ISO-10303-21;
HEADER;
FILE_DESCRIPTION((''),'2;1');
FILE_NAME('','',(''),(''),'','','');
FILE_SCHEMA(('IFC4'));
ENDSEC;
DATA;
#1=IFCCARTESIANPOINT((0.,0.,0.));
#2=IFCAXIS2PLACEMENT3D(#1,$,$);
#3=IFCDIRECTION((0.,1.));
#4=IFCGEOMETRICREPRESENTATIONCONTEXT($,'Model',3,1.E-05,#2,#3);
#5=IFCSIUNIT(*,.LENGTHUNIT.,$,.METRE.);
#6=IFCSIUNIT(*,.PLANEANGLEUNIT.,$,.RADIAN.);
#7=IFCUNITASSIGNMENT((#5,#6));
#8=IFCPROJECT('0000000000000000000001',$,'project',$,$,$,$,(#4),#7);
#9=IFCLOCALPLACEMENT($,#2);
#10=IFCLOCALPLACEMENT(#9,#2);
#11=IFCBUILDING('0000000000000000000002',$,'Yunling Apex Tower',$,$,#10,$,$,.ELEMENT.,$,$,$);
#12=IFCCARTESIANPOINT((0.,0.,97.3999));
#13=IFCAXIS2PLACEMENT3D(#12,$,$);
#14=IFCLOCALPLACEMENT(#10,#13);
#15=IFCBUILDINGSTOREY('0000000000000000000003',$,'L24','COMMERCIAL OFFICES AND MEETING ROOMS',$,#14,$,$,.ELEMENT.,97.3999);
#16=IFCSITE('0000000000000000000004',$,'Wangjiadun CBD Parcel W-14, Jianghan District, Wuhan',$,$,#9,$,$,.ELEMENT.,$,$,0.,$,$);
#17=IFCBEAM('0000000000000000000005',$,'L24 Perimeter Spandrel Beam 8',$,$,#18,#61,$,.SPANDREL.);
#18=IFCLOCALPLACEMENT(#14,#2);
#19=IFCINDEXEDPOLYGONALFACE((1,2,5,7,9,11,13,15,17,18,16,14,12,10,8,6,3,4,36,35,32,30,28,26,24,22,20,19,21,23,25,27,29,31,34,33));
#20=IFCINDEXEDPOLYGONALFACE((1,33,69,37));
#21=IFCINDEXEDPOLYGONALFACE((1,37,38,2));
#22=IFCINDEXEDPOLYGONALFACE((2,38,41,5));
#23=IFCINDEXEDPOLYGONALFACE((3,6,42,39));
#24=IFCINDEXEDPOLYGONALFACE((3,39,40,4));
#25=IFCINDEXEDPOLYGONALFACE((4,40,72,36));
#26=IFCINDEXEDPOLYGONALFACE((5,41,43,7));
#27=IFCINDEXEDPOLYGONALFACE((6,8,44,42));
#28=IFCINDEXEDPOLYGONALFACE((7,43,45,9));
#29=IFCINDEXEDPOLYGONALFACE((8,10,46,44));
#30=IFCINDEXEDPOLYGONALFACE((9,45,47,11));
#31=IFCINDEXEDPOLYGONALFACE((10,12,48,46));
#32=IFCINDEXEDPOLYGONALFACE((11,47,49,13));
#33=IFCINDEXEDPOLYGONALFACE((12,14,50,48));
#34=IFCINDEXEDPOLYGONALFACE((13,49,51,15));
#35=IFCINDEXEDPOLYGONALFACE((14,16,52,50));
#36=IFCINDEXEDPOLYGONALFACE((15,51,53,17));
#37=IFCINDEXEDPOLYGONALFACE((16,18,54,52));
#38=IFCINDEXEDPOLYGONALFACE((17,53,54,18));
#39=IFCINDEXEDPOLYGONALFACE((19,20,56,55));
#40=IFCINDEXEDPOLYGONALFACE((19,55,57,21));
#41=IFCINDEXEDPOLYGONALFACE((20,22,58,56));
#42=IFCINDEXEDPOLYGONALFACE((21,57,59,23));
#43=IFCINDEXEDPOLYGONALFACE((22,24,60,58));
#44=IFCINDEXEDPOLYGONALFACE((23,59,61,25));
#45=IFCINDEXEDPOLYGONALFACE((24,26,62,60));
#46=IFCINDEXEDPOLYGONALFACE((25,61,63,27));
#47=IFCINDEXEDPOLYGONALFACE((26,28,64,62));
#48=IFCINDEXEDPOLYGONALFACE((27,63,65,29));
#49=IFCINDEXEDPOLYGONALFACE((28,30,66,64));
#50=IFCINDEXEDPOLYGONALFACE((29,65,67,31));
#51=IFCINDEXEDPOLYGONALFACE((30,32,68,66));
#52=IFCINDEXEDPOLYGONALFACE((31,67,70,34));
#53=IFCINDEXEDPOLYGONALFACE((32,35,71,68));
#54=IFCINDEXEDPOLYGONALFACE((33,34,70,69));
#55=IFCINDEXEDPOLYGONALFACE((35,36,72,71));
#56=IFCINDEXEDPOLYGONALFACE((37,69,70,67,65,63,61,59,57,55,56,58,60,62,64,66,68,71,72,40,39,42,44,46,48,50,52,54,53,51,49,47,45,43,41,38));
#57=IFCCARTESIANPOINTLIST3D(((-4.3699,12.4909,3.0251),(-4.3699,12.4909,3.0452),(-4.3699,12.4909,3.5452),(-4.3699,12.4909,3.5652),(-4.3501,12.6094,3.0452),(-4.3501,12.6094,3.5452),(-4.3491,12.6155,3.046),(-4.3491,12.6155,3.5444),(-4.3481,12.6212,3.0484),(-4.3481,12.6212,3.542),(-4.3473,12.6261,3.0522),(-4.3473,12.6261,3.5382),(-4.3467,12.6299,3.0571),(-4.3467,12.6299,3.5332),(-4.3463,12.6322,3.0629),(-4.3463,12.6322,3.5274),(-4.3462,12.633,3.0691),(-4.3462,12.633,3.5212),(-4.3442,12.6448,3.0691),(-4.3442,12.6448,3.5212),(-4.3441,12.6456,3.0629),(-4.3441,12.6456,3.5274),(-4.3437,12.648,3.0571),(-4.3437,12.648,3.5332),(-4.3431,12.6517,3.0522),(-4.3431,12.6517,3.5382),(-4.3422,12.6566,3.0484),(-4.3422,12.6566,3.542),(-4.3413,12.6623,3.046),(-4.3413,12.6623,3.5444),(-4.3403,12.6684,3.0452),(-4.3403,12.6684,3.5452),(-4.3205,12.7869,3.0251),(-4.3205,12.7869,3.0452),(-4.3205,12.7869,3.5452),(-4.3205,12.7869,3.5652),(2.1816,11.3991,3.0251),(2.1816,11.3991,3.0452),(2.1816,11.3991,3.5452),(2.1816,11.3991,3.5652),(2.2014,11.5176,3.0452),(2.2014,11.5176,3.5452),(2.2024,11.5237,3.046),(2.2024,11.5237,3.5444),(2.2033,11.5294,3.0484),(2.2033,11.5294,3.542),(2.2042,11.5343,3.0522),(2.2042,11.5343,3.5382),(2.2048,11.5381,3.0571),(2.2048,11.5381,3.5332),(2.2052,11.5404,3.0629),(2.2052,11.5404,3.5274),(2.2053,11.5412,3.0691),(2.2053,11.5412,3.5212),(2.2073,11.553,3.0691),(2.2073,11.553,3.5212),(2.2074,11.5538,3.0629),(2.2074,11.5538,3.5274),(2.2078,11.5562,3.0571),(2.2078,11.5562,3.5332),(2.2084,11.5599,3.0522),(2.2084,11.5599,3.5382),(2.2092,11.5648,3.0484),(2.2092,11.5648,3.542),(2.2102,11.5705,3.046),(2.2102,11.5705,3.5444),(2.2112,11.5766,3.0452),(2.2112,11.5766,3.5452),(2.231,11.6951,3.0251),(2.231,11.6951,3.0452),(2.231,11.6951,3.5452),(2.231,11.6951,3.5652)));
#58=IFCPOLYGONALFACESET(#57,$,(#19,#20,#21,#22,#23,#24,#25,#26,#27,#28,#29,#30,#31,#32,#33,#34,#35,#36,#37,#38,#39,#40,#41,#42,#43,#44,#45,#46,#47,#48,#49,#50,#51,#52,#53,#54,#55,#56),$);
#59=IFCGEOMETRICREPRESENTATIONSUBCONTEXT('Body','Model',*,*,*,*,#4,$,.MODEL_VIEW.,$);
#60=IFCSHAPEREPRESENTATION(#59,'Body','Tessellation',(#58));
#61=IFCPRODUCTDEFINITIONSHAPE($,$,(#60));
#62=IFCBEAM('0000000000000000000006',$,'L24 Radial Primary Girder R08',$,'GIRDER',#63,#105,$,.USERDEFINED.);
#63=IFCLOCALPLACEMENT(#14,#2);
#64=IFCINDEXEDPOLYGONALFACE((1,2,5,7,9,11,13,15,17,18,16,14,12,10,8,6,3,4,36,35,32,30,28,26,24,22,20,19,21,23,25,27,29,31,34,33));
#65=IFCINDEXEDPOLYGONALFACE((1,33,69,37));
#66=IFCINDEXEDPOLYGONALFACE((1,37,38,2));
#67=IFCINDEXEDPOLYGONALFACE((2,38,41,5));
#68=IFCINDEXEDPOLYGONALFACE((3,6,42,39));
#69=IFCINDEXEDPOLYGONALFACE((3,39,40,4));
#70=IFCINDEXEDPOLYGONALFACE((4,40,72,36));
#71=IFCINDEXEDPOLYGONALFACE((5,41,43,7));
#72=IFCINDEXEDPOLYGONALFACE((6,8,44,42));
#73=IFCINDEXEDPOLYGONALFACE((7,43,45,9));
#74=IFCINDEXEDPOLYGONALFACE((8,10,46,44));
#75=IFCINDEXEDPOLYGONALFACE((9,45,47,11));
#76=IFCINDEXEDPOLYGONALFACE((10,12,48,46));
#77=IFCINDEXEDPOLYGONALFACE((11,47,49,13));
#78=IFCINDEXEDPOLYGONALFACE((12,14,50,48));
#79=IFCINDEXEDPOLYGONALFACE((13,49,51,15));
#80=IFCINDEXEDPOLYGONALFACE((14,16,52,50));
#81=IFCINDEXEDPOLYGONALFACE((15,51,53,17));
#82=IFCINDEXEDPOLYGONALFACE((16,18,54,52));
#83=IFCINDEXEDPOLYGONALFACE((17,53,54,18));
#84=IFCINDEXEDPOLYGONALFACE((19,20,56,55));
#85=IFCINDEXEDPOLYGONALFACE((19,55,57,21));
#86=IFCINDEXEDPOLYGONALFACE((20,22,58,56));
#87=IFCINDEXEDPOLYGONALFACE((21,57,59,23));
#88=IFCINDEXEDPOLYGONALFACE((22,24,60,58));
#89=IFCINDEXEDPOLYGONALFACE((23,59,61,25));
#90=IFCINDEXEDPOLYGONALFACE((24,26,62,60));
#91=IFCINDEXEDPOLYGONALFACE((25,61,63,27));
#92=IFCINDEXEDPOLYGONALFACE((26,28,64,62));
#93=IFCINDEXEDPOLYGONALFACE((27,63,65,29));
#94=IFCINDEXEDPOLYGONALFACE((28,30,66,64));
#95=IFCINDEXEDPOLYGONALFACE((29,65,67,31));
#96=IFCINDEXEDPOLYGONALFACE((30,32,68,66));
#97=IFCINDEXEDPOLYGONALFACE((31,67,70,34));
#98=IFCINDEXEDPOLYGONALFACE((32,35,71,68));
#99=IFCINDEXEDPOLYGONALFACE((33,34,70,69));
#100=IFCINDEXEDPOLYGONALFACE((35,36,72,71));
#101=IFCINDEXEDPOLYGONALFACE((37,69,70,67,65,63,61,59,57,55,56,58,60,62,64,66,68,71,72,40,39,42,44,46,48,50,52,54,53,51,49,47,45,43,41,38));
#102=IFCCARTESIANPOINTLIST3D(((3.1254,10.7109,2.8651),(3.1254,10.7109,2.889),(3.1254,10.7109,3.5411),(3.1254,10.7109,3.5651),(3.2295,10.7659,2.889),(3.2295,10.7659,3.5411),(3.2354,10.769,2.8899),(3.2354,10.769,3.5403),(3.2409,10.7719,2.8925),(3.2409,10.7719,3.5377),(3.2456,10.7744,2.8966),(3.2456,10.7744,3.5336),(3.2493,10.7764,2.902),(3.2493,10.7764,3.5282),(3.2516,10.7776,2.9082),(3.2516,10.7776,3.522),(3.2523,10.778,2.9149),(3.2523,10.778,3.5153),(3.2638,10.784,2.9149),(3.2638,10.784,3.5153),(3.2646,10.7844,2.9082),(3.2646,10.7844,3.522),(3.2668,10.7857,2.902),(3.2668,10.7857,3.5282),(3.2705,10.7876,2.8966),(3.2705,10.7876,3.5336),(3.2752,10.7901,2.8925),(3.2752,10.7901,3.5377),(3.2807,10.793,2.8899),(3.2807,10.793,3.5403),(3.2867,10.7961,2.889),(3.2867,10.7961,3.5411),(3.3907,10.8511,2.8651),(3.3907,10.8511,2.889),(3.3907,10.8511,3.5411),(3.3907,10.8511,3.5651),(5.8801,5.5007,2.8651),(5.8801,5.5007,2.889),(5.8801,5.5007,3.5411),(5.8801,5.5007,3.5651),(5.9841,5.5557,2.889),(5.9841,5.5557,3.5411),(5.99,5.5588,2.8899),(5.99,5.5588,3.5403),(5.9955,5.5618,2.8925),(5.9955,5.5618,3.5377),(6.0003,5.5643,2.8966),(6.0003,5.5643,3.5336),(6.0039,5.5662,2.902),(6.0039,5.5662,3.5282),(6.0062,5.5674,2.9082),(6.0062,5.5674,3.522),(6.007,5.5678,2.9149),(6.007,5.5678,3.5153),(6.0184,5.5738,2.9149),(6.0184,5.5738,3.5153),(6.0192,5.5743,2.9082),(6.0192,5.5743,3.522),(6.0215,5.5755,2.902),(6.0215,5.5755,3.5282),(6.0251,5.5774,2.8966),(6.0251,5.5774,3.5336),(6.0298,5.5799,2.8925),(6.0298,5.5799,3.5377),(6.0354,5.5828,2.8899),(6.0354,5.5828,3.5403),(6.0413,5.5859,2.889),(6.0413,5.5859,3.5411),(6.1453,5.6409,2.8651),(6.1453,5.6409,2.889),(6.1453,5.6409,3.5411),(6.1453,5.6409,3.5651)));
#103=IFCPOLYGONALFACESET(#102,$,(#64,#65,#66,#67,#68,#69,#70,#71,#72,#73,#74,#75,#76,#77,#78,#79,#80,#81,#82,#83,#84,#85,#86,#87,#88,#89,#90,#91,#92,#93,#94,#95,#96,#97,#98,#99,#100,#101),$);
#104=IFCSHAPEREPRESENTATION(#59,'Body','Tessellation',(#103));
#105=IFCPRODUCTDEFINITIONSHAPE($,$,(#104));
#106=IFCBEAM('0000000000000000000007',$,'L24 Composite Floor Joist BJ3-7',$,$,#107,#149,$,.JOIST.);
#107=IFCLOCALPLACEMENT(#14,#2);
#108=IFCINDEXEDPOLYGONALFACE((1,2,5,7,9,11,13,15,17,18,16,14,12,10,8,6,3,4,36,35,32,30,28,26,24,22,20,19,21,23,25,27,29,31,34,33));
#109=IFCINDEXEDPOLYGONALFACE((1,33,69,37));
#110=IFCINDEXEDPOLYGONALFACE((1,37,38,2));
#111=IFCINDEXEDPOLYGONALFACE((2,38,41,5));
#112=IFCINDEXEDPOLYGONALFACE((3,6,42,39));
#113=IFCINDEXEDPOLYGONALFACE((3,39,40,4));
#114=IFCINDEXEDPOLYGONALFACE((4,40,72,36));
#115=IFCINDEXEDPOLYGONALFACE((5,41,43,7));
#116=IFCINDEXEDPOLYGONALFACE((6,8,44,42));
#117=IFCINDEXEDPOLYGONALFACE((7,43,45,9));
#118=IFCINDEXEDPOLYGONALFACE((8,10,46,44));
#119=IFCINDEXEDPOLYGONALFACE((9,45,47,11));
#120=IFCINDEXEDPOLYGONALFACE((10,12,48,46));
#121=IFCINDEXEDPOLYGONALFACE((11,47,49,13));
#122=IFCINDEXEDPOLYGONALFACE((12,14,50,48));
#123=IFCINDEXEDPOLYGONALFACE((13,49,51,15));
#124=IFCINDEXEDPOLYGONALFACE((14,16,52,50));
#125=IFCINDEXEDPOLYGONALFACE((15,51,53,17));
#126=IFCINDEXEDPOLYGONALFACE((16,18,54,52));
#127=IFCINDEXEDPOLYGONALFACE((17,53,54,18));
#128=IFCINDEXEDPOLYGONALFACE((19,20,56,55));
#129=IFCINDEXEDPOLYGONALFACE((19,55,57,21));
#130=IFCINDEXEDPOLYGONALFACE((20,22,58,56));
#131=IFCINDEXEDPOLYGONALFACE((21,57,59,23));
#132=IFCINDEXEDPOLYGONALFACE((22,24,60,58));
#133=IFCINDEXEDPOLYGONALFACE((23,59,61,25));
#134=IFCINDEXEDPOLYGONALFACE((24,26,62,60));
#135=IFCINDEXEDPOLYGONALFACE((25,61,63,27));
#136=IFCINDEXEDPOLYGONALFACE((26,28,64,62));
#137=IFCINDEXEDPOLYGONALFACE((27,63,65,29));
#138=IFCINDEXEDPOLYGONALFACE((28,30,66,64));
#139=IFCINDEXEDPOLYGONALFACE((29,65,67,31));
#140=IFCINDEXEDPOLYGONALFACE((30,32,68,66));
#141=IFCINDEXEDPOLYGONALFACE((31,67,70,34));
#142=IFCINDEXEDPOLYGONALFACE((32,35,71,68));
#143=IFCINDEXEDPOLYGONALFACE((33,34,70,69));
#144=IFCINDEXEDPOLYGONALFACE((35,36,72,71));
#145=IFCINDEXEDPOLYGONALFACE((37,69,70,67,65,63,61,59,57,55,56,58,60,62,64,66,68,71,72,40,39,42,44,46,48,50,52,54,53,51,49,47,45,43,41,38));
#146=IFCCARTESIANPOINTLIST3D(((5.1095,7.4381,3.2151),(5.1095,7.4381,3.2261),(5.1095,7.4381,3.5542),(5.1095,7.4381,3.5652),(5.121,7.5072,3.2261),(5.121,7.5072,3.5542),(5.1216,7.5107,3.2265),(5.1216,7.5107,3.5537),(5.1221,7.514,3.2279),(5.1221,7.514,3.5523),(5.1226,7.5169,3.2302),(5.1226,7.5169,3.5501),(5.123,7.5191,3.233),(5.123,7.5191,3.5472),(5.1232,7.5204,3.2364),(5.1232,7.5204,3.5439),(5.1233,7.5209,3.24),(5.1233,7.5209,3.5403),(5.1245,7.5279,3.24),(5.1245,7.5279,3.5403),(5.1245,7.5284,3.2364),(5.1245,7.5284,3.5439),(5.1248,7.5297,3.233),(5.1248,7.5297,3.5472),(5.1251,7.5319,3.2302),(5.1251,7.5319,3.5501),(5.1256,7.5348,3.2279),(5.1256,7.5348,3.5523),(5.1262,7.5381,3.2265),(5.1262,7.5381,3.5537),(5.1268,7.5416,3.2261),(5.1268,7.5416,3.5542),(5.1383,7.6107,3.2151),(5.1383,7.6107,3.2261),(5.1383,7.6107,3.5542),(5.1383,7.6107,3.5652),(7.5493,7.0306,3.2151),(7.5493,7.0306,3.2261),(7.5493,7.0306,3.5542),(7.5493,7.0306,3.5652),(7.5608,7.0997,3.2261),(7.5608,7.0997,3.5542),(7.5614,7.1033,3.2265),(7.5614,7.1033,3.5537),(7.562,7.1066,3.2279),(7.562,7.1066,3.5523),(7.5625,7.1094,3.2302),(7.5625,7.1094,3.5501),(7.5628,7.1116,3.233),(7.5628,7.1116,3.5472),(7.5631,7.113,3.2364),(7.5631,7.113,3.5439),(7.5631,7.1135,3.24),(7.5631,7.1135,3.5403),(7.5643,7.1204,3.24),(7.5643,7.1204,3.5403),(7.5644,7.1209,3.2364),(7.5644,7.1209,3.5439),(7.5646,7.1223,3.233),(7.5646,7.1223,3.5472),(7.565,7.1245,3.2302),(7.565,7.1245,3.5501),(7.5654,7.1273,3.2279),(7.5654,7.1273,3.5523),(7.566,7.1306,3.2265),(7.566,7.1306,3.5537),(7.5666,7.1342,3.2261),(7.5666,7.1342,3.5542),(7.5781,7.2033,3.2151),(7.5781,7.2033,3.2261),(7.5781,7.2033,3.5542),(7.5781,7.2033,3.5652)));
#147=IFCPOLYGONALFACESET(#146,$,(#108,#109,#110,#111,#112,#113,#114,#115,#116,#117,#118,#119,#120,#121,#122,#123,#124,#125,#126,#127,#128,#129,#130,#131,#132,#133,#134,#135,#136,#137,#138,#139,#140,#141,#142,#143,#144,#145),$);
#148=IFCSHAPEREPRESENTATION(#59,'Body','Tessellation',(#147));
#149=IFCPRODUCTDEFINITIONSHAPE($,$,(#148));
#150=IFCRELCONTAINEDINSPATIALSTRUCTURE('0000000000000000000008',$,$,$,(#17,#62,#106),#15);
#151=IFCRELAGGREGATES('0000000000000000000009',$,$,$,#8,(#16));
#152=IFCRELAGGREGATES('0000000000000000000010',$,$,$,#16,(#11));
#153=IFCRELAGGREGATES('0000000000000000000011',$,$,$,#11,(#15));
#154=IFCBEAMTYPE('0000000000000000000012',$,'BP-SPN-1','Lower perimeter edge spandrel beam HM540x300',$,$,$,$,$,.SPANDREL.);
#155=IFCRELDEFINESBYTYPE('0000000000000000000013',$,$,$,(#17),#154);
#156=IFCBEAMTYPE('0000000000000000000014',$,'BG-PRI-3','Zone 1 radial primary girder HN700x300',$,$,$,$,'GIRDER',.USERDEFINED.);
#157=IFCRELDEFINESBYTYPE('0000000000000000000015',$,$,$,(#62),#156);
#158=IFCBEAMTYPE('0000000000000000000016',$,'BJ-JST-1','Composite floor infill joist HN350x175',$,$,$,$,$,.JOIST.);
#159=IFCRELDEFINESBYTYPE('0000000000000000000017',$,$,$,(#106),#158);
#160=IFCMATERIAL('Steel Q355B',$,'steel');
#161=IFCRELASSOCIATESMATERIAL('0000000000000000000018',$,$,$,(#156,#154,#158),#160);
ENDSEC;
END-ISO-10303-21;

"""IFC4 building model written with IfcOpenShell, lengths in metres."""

from ifc_helpers import new_model, si_unit, direction, frame, origin, origin_2d, place, context, subcontext, project, spatial, i_section, extrude, source, transform, mapped, material, material_profile, profile_set, type_object, element, save


model = new_model("IFC4")

# Units and contexts
model_context = context("Model", 3, precision=1e-05, world=origin(), true_north=direction((0.0, 1.0)))
body_context = subcontext(model_context, "Body", "Model", "MODEL_VIEW")
ifc_project = project(units=[si_unit("LENGTHUNIT", "METRE"), si_unit("PLANEANGLEUNIT", "RADIAN")], contexts=[model_context])

# Site, building, storey
site_placement = place(None, origin())
site = spatial("IfcSite", under=ifc_project, at=site_placement, Name="Wangjiadun CBD Parcel W-14, Jianghan District, Wuhan", CompositionType="ELEMENT", RefElevation=0.0)
building_placement = place(site_placement, origin())
building = spatial("IfcBuilding", under=site, at=building_placement, Name="Yunling Apex Tower", CompositionType="ELEMENT")
storey_placement = place(building_placement, frame((0.0, 0.0, 97.3999)))
storey = spatial("IfcBuildingStorey", under=building, at=storey_placement, Name="L24", Description="COMMERCIAL OFFICES AND MEETING ROOMS", CompositionType="ELEMENT", Elevation=97.3999)

# Beams
ifc_material_1 = material(Name="Steel Q355B", Category="steel")
ifc_material_profile_1 = material_profile(ifc_material_1, i_section(OverallWidth=0.3, OverallDepth=0.7, WebThickness=0.0129, FlangeThickness=0.0239, FilletRadius=0.0259, at=origin_2d()))
ifc_profile_set_1 = profile_set([ifc_material_profile_1], Name="Steel Q355B")
beam_type_1 = type_object("IfcBeamType", Name="BG-PRI-3", Description="Zone 1 radial primary girder HN700x300", ElementType="GIRDER", PredefinedType="USERDEFINED", material=ifc_profile_set_1)
ifc_material_profile_2 = material_profile(ifc_material_1, i_section(OverallWidth=0.3, OverallDepth=0.54, WebThickness=0.012, FlangeThickness=0.02, FilletRadius=0.0239, at=origin_2d()))
ifc_profile_set_2 = profile_set([ifc_material_profile_2], Name="Steel Q355B")
beam_type_2 = type_object("IfcBeamType", Name="BP-SPN-1", Description="Lower perimeter edge spandrel beam HM540x300", PredefinedType="SPANDREL", material=ifc_profile_set_2)
shared_shape_1 = source(origin(), body_context, "Body", "SweptSolid", [
    extrude(i_section(OverallWidth=0.3, OverallDepth=0.54, WebThickness=0.012, FlangeThickness=0.02, FilletRadius=0.0239, at=origin_2d()), origin(), (0.0, 0.0, 1.0), 6.6418),
])
beam_1_placement = place(storey_placement, frame((2.2063, 11.5471, 3.2952), z_axis=(-0.986397, 0.164381, 0.0), x_axis=(-0.164381, -0.986397, 0.0)))
element("IfcBeam", 1, at=beam_1_placement, inside=storey, type_object=beam_type_2, Name="L24 Perimeter Spandrel Beam 8", PredefinedType="SPANDREL", context=body_context, shape_type="MappedRepresentation", body=[
    mapped(shared_shape_1, transform((0.0, 0.0, 0.0), scale=1.0)),
])
shared_shape_2 = source(origin(), body_context, "Body", "SweptSolid", [
    extrude(i_section(OverallWidth=0.3, OverallDepth=0.7, WebThickness=0.0129, FlangeThickness=0.0239, FilletRadius=0.0259, at=origin_2d()), origin(), (0.0, 0.0, 1.0), 5.8936),
])
beam_2_placement = place(storey_placement, frame((3.2581, 10.781, 3.2151), z_axis=(0.467397, -0.884048, 0.0), x_axis=(0.884048, 0.467397, 0.0)))
element("IfcBeam", 2, at=beam_2_placement, inside=storey, type_object=beam_type_1, Name="L24 Radial Primary Girder R08", ObjectType="GIRDER", PredefinedType="USERDEFINED", context=body_context, shape_type="MappedRepresentation", body=[
    mapped(shared_shape_2, transform((0.0, 0.0, 0.0), scale=1.0)),
])
ifc_material_profile_3 = material_profile(ifc_material_1, i_section(OverallWidth=0.175, OverallDepth=0.3501, WebThickness=0.0071, FlangeThickness=0.011, FilletRadius=0.0139, at=origin_2d()))
ifc_profile_set_3 = profile_set([ifc_material_profile_3], Name="Steel Q355B")
beam_type_3 = type_object("IfcBeamType", Name="BJ-JST-1", Description="Composite floor infill joist HN350x175", PredefinedType="JOIST", material=ifc_profile_set_3)
shared_shape_3 = source(origin(), body_context, "Body", "SweptSolid", [
    extrude(i_section(OverallWidth=0.175, OverallDepth=0.3501, WebThickness=0.0071, FlangeThickness=0.011, FilletRadius=0.0139, at=origin_2d()), origin(), (0.0, 0.0, 1.0), 2.4736),
])
beam_3_placement = place(storey_placement, frame((7.5637, 7.1169, 3.3901), z_axis=(-0.986341, 0.164719, 0.0), x_axis=(-0.164719, -0.986341, 0.0)))
element("IfcBeam", 3, at=beam_3_placement, inside=storey, type_object=beam_type_3, Name="L24 Composite Floor Joist BJ3-7", PredefinedType="JOIST", context=body_context, shape_type="MappedRepresentation", body=[
    mapped(shared_shape_3, transform((0.0, 0.0, 0.0), scale=1.0)),
])

save(model, "model.ifc")
